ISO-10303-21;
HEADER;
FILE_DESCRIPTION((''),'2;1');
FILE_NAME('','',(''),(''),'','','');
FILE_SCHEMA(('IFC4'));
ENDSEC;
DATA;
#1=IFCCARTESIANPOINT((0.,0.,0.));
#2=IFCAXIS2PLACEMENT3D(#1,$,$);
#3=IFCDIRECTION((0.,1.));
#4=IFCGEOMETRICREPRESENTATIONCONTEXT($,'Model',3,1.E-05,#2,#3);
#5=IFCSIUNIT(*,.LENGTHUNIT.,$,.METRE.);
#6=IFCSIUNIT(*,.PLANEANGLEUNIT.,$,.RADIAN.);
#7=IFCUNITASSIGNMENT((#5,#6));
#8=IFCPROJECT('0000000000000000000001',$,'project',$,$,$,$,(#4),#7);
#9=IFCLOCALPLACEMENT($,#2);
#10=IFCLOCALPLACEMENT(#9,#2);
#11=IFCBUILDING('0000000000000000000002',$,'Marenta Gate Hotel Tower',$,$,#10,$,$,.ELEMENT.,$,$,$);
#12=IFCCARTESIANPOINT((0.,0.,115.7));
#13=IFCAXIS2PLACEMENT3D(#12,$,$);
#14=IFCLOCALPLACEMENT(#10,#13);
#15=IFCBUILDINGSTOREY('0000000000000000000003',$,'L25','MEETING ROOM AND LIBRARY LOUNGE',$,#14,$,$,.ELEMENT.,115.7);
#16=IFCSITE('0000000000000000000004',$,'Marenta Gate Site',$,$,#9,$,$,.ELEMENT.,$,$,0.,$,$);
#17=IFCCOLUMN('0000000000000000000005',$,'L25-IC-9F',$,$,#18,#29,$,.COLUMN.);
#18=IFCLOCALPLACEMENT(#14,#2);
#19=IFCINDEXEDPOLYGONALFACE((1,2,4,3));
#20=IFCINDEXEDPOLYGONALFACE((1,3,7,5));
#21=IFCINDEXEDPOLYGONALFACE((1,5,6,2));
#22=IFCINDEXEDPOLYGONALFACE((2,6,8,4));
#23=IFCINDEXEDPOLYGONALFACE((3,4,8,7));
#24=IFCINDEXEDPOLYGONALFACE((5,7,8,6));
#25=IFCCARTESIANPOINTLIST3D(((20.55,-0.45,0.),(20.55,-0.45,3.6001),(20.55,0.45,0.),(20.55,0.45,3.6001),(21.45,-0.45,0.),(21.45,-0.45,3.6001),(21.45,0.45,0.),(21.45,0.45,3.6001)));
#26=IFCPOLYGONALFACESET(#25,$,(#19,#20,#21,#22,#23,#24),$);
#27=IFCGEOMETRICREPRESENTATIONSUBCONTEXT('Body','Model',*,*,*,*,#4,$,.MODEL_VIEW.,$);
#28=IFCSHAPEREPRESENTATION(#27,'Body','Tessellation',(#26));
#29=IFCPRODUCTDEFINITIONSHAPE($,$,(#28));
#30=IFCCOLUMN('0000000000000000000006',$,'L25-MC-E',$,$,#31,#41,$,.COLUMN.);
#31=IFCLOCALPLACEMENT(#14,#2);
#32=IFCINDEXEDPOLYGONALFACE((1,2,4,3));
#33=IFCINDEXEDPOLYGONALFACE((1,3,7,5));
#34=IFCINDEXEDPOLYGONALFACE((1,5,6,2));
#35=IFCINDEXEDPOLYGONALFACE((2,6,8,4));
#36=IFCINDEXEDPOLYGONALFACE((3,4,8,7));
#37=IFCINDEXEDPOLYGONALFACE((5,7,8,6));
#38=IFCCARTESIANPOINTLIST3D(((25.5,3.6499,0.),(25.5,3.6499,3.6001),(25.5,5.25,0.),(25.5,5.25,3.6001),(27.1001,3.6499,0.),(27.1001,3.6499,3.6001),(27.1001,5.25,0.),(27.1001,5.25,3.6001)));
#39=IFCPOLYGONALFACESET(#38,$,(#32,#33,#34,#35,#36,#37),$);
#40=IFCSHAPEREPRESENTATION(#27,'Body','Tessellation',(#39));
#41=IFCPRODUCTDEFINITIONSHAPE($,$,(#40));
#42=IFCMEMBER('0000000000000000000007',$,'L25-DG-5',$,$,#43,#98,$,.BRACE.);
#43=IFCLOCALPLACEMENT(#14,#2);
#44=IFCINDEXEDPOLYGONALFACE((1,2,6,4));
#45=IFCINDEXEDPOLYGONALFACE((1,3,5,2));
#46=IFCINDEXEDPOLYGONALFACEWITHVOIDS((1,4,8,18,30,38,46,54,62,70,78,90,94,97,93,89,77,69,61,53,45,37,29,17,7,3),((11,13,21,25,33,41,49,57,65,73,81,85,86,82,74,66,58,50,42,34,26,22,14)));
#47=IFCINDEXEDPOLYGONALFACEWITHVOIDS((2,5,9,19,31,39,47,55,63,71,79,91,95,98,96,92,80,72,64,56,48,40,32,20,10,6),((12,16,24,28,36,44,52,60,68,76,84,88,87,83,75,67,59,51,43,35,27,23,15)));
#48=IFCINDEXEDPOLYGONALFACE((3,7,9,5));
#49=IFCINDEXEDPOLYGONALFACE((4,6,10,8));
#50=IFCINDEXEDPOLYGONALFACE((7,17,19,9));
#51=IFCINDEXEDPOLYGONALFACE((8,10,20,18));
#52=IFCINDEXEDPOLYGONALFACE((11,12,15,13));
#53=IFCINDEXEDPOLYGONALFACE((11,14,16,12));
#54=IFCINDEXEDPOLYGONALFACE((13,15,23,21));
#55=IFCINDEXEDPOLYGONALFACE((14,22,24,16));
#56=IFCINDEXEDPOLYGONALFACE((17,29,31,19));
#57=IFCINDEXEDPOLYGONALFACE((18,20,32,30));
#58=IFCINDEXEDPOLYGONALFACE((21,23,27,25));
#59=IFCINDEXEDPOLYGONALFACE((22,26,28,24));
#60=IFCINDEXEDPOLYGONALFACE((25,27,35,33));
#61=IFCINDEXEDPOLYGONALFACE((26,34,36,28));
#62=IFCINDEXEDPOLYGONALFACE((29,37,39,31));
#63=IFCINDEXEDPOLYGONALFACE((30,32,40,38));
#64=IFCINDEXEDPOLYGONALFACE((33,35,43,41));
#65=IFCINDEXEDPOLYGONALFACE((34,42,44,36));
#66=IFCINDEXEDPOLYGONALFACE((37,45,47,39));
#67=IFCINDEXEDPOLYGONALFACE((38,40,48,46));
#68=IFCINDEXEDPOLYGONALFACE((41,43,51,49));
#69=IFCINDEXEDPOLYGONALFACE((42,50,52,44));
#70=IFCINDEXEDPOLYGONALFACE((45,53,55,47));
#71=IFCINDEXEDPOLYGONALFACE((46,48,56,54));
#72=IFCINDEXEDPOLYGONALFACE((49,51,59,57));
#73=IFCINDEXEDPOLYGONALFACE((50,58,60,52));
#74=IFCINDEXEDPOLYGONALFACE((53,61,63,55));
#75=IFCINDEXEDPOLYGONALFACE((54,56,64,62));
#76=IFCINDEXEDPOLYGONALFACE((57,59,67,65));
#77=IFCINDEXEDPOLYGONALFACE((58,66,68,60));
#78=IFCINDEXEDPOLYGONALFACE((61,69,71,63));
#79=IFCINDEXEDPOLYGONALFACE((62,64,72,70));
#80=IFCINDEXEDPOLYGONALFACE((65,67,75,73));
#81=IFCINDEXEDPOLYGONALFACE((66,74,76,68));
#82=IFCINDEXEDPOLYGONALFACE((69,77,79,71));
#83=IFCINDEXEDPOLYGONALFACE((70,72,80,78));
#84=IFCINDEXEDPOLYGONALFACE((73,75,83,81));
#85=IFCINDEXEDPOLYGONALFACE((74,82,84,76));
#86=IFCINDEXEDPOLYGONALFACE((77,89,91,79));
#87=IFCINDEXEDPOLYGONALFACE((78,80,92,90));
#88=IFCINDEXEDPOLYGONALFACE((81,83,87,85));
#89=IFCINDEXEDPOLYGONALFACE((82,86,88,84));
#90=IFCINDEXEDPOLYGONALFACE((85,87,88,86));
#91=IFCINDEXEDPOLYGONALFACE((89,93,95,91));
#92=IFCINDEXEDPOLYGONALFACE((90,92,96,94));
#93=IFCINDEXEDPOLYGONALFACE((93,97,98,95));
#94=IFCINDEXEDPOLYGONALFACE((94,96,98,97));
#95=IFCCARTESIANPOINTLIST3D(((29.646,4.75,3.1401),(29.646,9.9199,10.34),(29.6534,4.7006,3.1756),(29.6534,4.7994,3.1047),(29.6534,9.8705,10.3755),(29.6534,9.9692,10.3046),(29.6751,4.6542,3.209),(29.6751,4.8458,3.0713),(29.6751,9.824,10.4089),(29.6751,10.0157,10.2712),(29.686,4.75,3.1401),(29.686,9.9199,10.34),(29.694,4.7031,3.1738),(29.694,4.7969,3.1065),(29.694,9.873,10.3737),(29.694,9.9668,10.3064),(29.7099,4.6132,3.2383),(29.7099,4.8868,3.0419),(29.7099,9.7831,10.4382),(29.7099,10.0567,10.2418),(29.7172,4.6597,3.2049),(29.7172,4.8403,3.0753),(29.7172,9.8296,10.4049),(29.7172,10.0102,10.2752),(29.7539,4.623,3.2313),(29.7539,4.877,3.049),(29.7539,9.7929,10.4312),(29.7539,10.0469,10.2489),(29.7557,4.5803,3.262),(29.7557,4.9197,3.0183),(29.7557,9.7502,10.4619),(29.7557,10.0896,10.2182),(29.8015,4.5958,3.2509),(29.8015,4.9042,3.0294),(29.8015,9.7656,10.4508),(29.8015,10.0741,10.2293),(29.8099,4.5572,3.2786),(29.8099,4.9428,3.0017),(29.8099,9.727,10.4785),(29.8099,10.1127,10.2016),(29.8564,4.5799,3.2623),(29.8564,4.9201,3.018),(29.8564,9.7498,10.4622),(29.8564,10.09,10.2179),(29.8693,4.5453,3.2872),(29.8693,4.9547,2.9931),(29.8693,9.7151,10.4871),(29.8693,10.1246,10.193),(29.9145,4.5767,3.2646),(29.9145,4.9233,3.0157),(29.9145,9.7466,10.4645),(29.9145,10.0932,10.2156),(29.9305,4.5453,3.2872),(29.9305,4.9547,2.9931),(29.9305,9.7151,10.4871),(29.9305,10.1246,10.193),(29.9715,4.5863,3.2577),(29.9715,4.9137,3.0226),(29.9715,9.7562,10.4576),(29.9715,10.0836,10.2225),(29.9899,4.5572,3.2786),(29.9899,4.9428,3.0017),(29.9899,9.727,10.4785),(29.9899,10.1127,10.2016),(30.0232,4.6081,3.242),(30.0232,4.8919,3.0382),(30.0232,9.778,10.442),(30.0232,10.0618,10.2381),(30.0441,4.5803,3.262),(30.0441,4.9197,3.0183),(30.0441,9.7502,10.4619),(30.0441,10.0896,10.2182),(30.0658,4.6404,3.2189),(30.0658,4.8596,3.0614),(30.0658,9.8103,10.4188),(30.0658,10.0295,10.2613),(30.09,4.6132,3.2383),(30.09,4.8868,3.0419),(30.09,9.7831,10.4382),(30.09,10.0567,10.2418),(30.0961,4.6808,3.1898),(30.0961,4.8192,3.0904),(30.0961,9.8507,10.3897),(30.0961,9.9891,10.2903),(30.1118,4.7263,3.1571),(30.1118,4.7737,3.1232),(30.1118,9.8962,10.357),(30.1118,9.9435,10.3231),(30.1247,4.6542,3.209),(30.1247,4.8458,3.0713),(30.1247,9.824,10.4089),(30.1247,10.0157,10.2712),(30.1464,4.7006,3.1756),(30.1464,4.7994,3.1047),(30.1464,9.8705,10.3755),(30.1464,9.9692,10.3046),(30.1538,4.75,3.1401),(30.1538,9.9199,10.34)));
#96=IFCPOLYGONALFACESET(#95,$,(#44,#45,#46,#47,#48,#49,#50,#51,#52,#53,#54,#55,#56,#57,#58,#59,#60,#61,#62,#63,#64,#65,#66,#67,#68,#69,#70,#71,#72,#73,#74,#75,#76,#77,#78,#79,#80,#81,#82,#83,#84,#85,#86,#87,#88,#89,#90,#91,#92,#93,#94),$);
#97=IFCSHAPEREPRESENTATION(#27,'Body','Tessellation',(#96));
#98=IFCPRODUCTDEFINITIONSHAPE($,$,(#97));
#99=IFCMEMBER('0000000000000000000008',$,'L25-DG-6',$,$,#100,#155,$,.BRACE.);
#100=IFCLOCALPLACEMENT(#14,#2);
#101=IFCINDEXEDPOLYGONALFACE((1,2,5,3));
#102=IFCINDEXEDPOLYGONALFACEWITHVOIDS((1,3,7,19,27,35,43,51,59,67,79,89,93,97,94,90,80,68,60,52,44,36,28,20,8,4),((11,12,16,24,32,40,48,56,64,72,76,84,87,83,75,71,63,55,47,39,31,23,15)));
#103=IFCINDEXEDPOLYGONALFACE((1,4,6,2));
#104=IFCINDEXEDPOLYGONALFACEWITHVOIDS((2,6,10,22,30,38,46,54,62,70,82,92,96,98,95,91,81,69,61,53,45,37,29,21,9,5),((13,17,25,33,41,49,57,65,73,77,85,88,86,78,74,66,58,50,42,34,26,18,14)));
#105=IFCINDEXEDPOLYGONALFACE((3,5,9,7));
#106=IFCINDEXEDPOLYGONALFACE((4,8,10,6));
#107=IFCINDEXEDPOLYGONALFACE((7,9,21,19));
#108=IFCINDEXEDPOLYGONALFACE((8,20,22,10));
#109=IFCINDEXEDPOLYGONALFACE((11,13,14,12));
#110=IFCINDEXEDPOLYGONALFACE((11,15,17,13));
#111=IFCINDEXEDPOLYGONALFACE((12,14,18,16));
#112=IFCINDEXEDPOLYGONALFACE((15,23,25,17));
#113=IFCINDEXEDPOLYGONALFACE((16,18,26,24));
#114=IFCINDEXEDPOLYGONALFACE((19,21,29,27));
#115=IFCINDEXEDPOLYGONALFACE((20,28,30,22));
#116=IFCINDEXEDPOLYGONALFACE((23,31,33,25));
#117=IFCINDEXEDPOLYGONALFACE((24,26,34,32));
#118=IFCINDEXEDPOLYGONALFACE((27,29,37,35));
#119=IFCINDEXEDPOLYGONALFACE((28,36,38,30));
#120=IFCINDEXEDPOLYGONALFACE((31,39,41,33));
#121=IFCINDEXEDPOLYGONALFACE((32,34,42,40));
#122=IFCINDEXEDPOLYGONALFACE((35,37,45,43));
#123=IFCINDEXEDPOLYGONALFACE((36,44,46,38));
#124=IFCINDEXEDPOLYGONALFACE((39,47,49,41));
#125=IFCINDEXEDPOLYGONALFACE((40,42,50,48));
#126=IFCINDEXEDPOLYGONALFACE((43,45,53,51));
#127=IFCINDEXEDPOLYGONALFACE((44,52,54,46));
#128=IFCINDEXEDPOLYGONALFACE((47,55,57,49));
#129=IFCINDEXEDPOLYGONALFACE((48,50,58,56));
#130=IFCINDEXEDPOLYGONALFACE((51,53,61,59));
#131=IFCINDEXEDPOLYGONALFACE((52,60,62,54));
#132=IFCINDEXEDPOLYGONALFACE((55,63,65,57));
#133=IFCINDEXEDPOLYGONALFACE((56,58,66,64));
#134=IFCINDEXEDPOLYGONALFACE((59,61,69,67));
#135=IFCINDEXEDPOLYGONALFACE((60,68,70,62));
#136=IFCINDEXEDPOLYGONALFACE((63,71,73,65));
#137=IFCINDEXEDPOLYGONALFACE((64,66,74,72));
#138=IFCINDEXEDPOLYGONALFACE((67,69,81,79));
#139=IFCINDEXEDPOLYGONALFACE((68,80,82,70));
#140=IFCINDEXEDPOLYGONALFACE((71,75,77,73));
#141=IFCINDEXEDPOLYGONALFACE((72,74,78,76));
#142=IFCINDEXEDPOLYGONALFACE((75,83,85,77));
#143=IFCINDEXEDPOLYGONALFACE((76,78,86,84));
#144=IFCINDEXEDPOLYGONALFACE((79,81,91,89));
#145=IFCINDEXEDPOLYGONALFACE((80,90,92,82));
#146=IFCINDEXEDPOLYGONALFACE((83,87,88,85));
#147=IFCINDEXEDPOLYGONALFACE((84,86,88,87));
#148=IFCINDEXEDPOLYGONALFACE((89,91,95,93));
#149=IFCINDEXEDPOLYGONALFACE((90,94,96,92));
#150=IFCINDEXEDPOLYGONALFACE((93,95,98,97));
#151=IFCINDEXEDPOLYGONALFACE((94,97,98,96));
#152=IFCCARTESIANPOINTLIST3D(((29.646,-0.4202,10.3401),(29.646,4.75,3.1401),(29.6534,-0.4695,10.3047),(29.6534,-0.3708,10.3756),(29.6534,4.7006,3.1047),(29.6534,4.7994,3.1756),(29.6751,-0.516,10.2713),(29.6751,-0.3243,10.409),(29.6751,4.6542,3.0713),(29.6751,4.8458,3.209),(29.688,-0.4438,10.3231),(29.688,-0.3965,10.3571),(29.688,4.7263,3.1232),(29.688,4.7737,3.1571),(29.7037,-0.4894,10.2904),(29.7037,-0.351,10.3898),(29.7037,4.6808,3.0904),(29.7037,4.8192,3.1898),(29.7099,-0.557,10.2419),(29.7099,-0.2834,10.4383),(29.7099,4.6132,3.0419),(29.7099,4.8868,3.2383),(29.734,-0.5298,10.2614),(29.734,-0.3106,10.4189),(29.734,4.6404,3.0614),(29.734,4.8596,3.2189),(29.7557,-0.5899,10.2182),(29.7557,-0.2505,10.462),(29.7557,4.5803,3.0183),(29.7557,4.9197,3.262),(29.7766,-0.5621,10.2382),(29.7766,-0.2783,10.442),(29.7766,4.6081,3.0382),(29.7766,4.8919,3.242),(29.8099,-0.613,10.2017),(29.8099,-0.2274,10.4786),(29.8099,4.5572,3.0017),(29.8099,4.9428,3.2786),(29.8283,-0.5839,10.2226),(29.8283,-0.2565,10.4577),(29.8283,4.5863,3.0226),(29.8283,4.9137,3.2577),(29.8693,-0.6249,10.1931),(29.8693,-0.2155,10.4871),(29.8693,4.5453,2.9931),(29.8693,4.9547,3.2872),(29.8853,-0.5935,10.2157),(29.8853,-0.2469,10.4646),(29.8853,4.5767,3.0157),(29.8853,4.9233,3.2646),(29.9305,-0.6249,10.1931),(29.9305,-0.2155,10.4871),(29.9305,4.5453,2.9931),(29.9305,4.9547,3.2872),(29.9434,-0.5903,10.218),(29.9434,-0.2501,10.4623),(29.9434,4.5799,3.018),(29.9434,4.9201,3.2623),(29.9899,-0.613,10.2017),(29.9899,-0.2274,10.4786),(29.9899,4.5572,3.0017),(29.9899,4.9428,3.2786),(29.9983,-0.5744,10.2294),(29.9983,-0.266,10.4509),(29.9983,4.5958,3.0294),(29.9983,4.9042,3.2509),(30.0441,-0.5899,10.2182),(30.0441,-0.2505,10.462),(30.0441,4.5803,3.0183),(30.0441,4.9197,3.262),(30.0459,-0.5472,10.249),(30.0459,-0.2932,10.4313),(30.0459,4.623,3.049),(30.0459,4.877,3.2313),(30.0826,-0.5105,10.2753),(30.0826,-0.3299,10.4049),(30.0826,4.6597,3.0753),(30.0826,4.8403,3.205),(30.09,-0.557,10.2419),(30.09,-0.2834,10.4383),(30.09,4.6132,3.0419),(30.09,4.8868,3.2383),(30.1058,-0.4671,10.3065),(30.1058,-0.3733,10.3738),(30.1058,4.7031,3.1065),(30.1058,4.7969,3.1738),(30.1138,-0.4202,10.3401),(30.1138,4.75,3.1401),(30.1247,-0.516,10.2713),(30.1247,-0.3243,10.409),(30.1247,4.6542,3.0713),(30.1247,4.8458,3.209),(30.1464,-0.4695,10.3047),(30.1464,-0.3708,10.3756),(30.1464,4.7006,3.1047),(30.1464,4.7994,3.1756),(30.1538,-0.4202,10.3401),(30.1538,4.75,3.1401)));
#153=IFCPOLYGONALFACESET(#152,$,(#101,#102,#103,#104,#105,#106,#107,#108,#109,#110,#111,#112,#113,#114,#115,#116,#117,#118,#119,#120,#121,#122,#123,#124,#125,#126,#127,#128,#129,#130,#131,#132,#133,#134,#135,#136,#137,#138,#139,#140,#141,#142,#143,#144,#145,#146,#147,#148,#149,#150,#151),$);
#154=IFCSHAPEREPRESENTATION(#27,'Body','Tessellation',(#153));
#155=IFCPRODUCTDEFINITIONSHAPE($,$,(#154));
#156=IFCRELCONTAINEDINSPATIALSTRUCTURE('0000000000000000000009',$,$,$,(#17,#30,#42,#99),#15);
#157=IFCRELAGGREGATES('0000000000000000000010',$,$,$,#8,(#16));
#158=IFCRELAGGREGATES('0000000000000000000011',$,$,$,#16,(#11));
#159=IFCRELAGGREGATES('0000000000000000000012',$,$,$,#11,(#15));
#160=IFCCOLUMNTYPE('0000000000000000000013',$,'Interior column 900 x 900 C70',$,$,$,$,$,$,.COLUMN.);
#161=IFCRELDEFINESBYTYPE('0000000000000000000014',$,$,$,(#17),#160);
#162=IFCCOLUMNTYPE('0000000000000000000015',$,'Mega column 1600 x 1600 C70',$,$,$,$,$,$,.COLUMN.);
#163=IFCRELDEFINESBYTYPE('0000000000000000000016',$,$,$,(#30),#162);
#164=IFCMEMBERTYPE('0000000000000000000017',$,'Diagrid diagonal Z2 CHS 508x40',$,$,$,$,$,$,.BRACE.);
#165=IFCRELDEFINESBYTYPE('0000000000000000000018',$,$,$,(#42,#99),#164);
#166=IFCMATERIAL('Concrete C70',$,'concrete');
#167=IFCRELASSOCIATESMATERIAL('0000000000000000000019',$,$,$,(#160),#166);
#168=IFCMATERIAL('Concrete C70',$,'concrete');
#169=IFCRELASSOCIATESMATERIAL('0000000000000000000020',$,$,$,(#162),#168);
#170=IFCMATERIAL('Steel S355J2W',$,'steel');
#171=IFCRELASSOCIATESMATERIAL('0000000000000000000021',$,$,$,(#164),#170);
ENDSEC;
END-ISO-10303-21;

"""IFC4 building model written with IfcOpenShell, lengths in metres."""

from ifc_helpers import new_model, si_unit, direction, frame, origin, origin_2d, place, context, subcontext, project, spatial, rectangle, hollow_circle, extrude, material, material_profile, profile_set, type_object, element, save


model = new_model("IFC4")

# Units and contexts
model_context = context("Model", 3, precision=1e-05, world=origin(), true_north=direction((0.0, 1.0)))
body_context = subcontext(model_context, "Body", "Model", "MODEL_VIEW")
ifc_project = project(units=[si_unit("LENGTHUNIT", "METRE"), si_unit("PLANEANGLEUNIT", "RADIAN")], contexts=[model_context])

# Site, building, storey
site_placement = place(None, origin())
site = spatial("IfcSite", under=ifc_project, at=site_placement, Name="Marenta Gate Site", CompositionType="ELEMENT", RefElevation=0.0)
building_placement = place(site_placement, origin())
building = spatial("IfcBuilding", under=site, at=building_placement, Name="Marenta Gate Hotel Tower", CompositionType="ELEMENT")
storey_placement = place(building_placement, frame((0.0, 0.0, 115.7)))
storey = spatial("IfcBuildingStorey", under=building, at=storey_placement, Name="L25", Description="MEETING ROOM AND LIBRARY LOUNGE", CompositionType="ELEMENT", Elevation=115.7)

# Columns
ifc_material_1 = material(Name="Concrete C70", Category="concrete")
ifc_material_profile_1 = material_profile(ifc_material_1, rectangle(XDim=0.8999, YDim=0.8999, at=origin_2d()), Name="900 x 900")
ifc_profile_set_1 = profile_set([ifc_material_profile_1], Name="Concrete C70")
column_type_1 = type_object("IfcColumnType", Name="Interior column 900 x 900 C70", PredefinedType="COLUMN", material=ifc_profile_set_1)
column_1_placement = place(storey_placement, frame((21.0, 0.0, 0.0), z_axis=(0.0, 0.0, 1.0), x_axis=(1.0, 0.0, 0.0)))
element("IfcColumn", 1, at=column_1_placement, inside=storey, type_object=column_type_1, Name="L25-IC-9F", PredefinedType="COLUMN", context=body_context, shape_type="SweptSolid", body=[
    extrude(rectangle(XDim=0.8999, YDim=0.8999, at=origin_2d()), origin(), (0.0, 0.0, 1.0), 3.6001),
])
ifc_material_2 = material(Name="Concrete C70", Category="concrete")
ifc_material_profile_2 = material_profile(ifc_material_2, rectangle(XDim=1.6001, YDim=1.6001, at=origin_2d()), Name="1600 x 1600")
ifc_profile_set_2 = profile_set([ifc_material_profile_2], Name="Concrete C70")
column_type_2 = type_object("IfcColumnType", Name="Mega column 1600 x 1600 C70", PredefinedType="COLUMN", material=ifc_profile_set_2)
column_2_placement = place(storey_placement, frame((26.3, 4.45, 0.0), z_axis=(0.0, 0.0, 1.0), x_axis=(1.0, 0.0, 0.0)))
element("IfcColumn", 2, at=column_2_placement, inside=storey, type_object=column_type_2, Name="L25-MC-E", PredefinedType="COLUMN", context=body_context, shape_type="SweptSolid", body=[
    extrude(rectangle(XDim=1.6001, YDim=1.6001, at=origin_2d()), origin(), (0.0, 0.0, 1.0), 3.6001),
])

# Members
ifc_material_3 = material(Name="Steel S355J2W", Category="steel")
ifc_material_profile_3 = material_profile(ifc_material_3, hollow_circle(Radius=0.2539, WallThickness=0.04, at=origin_2d()), Name="CHS 508x40")
ifc_profile_set_3 = profile_set([ifc_material_profile_3], Name="Steel S355J2W")
member_type_1 = type_object("IfcMemberType", Name="Diagrid diagonal Z2 CHS 508x40", PredefinedType="BRACE", material=ifc_profile_set_3)
member_1_placement = place(storey_placement, frame((29.8999, 4.75, 3.1401), z_axis=(0.0, 0.583261, 0.812285), x_axis=(-1.0, 0.0, 0.0)))
element("IfcMember", 3, at=member_1_placement, inside=storey, type_object=member_type_1, Name="L25-DG-5", PredefinedType="BRACE", context=body_context, shape_type="SweptSolid", body=[
    extrude(hollow_circle(Radius=0.2539, WallThickness=0.04, at=origin_2d()), origin(), (0.0, 0.0, 1.0), 8.8638),
])
member_2_placement = place(storey_placement, frame((29.8999, 4.75, 3.1401), z_axis=(0.0, -0.583279, 0.812272), x_axis=(1.0, 0.0, 0.0)))
element("IfcMember", 4, at=member_2_placement, inside=storey, type_object=member_type_1, Name="L25-DG-6", PredefinedType="BRACE", context=body_context, shape_type="SweptSolid", body=[
    extrude(hollow_circle(Radius=0.2539, WallThickness=0.04, at=origin_2d()), origin(), (0.0, 0.0, 1.0), 8.864),
])

save(model, "model.ifc")
